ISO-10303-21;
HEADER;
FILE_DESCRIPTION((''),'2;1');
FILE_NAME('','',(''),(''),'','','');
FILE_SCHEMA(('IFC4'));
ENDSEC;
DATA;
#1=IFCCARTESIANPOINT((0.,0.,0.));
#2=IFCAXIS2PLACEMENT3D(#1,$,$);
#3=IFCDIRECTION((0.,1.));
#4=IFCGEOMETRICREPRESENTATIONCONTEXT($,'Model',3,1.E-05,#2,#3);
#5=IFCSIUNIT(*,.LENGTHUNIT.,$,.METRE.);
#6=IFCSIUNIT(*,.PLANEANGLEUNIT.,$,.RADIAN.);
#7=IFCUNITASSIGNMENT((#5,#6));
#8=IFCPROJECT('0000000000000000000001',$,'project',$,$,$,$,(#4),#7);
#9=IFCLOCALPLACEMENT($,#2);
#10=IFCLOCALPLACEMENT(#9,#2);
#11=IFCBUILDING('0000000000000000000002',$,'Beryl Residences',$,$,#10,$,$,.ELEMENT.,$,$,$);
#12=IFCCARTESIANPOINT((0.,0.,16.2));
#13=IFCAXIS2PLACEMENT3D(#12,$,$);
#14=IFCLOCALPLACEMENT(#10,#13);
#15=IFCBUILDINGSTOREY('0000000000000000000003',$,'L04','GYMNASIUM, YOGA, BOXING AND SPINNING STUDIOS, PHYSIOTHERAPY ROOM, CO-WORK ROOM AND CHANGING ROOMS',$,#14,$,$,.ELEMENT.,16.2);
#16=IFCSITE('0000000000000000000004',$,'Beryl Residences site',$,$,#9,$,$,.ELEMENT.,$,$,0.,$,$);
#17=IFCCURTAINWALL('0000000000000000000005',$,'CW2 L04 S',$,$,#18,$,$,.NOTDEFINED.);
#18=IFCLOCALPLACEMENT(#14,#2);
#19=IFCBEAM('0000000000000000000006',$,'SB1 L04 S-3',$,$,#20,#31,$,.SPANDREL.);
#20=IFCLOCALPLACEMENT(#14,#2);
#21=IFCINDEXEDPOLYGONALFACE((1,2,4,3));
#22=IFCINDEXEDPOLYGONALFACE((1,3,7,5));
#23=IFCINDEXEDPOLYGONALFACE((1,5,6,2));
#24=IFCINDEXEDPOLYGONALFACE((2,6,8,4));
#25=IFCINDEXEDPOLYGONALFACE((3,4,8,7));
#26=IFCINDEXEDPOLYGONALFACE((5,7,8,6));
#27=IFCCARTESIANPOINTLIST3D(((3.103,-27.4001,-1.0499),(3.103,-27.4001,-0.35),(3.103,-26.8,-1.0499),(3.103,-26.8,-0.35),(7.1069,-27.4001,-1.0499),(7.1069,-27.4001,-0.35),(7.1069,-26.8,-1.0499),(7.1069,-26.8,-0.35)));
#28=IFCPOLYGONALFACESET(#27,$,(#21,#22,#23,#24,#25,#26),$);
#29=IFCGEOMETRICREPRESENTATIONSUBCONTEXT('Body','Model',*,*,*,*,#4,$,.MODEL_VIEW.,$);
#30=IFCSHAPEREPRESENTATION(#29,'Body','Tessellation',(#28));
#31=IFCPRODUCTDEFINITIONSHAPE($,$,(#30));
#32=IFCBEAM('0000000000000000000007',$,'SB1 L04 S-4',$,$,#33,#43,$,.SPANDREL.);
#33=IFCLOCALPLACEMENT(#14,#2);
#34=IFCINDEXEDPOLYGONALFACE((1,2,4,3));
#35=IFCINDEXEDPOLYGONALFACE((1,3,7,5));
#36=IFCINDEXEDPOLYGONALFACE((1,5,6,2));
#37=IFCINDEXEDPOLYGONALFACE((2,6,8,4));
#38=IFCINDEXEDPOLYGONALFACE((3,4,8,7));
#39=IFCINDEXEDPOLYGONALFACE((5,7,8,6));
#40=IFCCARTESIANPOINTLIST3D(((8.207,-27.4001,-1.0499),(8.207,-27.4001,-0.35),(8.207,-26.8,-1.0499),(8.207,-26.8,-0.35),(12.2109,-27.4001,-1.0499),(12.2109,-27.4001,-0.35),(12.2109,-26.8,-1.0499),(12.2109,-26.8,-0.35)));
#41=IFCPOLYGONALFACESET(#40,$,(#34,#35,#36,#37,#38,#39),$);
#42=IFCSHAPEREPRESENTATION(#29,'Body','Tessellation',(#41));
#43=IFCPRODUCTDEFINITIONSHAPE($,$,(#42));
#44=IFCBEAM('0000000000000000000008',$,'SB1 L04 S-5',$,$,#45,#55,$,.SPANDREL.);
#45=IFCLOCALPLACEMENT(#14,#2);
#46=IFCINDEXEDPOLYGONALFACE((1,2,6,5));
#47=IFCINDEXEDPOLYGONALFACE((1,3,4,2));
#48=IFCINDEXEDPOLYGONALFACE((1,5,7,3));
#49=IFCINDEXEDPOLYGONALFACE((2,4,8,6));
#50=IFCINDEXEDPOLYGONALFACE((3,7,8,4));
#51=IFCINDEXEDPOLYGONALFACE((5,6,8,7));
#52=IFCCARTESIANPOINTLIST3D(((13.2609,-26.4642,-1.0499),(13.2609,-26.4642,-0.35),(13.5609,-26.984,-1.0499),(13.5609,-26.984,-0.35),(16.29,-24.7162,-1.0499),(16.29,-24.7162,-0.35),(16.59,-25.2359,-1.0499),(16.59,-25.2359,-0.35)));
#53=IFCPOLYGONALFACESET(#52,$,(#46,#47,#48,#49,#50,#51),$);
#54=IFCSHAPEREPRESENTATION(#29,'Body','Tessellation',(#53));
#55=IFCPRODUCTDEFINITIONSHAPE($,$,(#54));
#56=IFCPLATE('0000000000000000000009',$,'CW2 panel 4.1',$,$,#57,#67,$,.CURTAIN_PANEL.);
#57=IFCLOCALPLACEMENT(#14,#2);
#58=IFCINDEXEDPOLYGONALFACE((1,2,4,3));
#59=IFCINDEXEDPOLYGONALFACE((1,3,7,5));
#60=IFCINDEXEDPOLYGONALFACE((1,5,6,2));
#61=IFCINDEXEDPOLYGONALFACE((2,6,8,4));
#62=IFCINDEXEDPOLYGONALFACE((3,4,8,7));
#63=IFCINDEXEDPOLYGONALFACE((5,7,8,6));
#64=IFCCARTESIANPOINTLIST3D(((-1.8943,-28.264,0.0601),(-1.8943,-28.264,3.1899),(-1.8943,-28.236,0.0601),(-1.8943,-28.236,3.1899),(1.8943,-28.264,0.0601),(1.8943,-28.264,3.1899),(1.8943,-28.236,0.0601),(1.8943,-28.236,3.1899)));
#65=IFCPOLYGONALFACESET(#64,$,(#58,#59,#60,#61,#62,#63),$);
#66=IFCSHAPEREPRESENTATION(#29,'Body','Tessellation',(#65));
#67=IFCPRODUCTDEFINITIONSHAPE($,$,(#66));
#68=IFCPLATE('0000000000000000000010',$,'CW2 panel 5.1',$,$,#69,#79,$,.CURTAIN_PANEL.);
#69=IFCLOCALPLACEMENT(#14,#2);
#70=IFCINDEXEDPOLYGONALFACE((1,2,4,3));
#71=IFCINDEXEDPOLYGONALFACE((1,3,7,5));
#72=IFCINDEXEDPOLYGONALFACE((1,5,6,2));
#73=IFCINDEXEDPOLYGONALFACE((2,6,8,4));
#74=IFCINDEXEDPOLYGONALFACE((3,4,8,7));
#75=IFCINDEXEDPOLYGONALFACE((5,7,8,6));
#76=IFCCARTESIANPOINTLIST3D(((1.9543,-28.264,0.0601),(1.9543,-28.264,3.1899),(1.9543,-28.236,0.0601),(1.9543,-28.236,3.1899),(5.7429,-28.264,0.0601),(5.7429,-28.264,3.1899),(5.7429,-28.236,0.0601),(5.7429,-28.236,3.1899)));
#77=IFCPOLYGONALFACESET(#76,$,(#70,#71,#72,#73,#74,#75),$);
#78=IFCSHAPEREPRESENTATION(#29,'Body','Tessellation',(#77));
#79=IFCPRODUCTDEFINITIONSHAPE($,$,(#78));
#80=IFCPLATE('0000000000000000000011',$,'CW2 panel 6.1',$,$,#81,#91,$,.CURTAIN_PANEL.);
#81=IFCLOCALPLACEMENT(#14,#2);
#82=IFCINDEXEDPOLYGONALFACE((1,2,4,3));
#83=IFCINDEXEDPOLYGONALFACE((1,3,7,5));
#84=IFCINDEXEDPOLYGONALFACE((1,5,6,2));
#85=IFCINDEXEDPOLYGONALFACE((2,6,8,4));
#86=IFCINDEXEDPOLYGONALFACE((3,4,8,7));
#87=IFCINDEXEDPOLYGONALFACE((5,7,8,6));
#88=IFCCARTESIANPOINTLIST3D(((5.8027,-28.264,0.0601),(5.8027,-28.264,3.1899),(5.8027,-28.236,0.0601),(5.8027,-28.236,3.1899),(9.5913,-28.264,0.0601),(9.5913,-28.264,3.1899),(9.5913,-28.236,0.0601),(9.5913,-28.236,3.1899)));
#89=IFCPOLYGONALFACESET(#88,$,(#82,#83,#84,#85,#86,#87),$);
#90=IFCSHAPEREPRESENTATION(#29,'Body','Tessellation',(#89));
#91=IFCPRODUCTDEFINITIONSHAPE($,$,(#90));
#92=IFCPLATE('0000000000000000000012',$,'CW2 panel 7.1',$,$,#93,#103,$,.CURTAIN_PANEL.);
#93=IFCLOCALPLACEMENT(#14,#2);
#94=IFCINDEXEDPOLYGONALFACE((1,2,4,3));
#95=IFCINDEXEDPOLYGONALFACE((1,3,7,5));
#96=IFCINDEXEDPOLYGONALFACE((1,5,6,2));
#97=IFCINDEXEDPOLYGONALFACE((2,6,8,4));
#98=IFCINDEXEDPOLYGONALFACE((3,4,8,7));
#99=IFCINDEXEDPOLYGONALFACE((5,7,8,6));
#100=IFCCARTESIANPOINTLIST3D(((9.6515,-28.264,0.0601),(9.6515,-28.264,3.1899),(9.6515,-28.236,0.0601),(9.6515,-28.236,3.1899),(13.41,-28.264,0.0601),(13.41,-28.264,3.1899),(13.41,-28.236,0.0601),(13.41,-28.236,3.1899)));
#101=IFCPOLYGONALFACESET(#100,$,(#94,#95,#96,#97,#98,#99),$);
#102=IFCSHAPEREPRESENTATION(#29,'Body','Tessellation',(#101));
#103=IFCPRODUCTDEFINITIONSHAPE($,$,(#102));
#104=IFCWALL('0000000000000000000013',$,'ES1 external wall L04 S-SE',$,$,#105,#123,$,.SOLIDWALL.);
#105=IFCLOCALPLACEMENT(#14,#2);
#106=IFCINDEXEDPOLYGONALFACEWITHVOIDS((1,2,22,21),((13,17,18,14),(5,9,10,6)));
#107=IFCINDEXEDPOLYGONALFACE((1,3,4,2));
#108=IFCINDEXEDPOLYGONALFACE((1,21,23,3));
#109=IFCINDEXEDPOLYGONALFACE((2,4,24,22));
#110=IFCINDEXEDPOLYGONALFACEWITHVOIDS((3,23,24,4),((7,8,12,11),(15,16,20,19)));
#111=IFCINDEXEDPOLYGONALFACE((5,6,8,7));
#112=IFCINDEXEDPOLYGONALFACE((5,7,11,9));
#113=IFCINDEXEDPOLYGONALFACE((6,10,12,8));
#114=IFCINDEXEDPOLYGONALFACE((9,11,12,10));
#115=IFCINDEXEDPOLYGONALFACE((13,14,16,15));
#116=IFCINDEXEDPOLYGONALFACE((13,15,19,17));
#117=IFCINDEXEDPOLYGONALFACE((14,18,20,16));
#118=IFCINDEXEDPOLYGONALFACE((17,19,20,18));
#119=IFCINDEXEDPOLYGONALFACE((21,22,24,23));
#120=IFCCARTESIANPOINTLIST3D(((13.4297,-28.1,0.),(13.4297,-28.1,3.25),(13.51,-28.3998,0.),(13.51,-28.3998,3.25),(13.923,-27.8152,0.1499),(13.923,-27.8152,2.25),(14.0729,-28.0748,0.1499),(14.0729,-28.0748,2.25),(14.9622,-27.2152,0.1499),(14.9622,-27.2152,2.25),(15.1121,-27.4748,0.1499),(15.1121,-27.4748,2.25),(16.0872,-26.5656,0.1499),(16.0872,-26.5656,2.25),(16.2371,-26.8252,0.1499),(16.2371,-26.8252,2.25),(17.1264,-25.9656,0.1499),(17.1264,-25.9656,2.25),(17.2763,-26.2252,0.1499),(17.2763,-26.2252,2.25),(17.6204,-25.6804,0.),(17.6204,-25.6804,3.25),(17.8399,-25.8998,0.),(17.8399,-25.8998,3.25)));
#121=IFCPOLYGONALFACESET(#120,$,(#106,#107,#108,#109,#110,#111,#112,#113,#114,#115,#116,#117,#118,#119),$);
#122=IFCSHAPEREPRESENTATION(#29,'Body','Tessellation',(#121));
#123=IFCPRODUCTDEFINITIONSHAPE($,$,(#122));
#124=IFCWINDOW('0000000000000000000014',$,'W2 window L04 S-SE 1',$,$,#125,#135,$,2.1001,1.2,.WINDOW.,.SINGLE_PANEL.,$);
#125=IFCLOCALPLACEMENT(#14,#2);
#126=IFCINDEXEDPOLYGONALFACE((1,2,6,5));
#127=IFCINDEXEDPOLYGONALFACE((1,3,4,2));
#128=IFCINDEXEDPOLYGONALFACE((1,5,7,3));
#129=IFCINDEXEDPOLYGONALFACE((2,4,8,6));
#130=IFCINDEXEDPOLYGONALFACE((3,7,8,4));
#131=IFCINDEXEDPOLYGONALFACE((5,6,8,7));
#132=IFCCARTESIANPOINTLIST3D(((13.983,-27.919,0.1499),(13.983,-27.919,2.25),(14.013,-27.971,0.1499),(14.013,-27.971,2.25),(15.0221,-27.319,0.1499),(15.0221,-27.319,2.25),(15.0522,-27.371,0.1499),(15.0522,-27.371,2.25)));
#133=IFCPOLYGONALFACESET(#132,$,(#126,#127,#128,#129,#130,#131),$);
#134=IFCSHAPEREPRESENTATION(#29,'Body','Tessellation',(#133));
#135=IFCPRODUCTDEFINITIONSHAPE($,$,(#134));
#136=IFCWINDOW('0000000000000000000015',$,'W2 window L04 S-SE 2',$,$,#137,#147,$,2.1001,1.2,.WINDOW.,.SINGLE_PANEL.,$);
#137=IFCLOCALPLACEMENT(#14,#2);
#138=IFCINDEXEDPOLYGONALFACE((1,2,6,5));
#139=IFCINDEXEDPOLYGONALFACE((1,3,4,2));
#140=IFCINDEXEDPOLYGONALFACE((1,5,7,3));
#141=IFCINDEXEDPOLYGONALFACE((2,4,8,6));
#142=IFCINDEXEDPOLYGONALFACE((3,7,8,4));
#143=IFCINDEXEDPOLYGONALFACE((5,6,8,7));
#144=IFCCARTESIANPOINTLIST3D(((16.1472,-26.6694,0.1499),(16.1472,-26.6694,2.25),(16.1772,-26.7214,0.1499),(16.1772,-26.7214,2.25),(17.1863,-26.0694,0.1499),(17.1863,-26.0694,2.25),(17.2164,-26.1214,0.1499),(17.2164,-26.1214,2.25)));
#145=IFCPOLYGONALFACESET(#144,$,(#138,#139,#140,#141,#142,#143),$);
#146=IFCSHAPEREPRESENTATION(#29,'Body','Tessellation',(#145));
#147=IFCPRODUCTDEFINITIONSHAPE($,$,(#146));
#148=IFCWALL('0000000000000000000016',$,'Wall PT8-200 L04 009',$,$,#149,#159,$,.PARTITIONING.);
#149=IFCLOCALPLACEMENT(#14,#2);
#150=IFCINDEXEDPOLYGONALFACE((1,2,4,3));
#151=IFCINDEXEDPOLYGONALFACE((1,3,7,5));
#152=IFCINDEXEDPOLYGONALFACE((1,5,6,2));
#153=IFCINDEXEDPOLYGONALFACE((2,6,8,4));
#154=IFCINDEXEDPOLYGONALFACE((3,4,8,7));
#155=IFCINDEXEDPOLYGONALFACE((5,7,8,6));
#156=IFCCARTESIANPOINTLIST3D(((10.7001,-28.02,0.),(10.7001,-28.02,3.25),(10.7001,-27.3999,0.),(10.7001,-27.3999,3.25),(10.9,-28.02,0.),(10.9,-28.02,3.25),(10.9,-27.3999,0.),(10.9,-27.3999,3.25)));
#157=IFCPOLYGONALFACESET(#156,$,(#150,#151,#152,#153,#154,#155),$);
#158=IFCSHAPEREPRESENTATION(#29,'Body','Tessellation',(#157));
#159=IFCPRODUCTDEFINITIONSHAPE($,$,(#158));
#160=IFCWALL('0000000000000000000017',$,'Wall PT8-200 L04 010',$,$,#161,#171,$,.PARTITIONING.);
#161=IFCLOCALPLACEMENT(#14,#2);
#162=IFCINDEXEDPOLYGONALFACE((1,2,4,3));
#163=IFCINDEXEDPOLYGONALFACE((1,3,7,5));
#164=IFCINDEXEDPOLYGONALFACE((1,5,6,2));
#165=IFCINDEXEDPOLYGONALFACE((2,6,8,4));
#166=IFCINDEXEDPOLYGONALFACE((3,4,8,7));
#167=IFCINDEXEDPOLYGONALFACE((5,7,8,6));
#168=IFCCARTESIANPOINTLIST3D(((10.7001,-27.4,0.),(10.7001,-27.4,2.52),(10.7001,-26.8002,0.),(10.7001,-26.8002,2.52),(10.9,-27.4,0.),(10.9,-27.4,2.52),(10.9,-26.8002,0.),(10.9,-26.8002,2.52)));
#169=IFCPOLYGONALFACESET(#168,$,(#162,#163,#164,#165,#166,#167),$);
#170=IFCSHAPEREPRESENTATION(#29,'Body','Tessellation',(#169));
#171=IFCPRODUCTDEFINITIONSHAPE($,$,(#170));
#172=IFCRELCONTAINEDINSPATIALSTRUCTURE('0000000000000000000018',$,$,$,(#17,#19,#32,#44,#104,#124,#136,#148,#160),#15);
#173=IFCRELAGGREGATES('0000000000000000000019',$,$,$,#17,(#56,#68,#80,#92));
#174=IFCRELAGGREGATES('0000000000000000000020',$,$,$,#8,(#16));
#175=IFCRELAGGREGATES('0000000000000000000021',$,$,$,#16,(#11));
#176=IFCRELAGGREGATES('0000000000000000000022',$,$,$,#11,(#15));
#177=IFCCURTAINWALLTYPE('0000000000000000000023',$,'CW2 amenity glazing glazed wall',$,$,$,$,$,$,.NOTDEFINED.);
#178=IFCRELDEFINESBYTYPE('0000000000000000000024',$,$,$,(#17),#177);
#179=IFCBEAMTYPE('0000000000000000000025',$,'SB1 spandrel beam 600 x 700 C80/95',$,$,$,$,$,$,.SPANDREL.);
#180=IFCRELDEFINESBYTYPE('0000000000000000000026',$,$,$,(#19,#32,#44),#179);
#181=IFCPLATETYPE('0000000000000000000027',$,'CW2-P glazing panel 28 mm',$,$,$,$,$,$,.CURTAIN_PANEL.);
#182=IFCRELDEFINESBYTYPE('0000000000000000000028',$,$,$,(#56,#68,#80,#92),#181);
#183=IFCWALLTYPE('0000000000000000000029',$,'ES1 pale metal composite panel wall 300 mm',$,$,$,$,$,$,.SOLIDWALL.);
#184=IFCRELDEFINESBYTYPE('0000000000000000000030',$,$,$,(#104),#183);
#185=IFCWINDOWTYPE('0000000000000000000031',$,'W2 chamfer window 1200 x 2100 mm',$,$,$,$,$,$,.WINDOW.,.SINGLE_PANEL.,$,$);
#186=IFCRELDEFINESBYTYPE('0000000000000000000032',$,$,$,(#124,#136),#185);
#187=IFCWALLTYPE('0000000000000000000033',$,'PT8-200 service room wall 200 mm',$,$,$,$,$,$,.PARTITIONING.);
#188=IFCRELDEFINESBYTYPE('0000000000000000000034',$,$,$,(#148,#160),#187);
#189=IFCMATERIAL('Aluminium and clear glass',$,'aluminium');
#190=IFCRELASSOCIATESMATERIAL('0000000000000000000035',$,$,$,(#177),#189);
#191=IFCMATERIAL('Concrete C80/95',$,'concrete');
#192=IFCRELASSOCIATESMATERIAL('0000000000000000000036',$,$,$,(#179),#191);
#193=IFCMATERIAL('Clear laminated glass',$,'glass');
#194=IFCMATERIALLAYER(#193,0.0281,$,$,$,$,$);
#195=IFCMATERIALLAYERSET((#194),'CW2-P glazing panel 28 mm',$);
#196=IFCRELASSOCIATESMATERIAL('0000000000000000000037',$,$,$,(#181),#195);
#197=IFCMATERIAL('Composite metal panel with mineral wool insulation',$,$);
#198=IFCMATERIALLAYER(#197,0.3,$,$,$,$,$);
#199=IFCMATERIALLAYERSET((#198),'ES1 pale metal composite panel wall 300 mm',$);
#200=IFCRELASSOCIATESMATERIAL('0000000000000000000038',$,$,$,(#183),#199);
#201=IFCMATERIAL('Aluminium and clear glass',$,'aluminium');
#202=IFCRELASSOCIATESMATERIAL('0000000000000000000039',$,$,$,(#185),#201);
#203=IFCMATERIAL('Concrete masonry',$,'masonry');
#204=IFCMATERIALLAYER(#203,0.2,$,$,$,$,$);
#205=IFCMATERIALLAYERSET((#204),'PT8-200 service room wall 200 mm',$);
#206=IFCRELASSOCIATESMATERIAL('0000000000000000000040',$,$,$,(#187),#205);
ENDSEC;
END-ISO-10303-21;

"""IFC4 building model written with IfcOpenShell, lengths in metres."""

from ifc_helpers import new_model, si_unit, direction, frame, frame_2d, origin, origin_2d, place, context, subcontext, project, spatial, polyline, rectangle, outline, extrude, material, layer, layer_set, material_profile, profile_set, type_object, element, fill, aggregate, save


model = new_model("IFC4")

# Units and contexts
model_context = context("Model", 3, precision=1e-05, world=origin(), true_north=direction((0.0, 1.0)))
body_context = subcontext(model_context, "Body", "Model", "MODEL_VIEW")
ifc_project = project(units=[si_unit("LENGTHUNIT", "METRE"), si_unit("PLANEANGLEUNIT", "RADIAN")], contexts=[model_context])

# Site, building, storey
site_placement = place(None, origin())
site = spatial("IfcSite", under=ifc_project, at=site_placement, Name="Beryl Residences site", CompositionType="ELEMENT", RefElevation=0.0)
building_placement = place(site_placement, origin())
building = spatial("IfcBuilding", under=site, at=building_placement, Name="Beryl Residences", CompositionType="ELEMENT")
storey_placement = place(building_placement, frame((0.0, 0.0, 16.2)))
storey = spatial("IfcBuildingStorey", under=building, at=storey_placement, Name="L04", Description="GYMNASIUM, YOGA, BOXING AND SPINNING STUDIOS, PHYSIOTHERAPY ROOM, CO-WORK ROOM AND CHANGING ROOMS", CompositionType="ELEMENT", Elevation=16.2)

# Curtain wall
ifc_material_1 = material(Name="Aluminium and clear glass", Category="aluminium")
curtain_wall_type = type_object("IfcCurtainWallType", Name="CW2 amenity glazing glazed wall", PredefinedType="NOTDEFINED", material=ifc_material_1)
curtain_wall_placement = place(storey_placement, origin())
curtain_wall = element("IfcCurtainWall", 1, at=curtain_wall_placement, inside=storey, type_object=curtain_wall_type, Name="CW2 L04 S", PredefinedType="NOTDEFINED")

# Beams
ifc_material_2 = material(Name="Concrete C80/95", Category="concrete")
ifc_material_profile_1 = material_profile(ifc_material_2, rectangle(XDim=0.6001, YDim=0.7, at=origin_2d()))
ifc_profile_set_1 = profile_set([ifc_material_profile_1], Name="Concrete C80/95")
beam_type = type_object("IfcBeamType", Name="SB1 spandrel beam 600 x 700 C80/95", PredefinedType="SPANDREL", material=ifc_profile_set_1)
for number, where, z_axis, x_axis, name in (
    (2, (3.103, -27.1001, -0.7), (1.0, 0.0, 0.0), (0.0, 1.0, 0.0), "SB1 L04 S-3"),
    (3, (8.207, -27.1001, -0.7), (1.0, 0.0, 0.0), (0.0, 1.0, 0.0), "SB1 L04 S-4"),
):
    element("IfcBeam", number, at=place(storey_placement, frame(where, z_axis=z_axis, x_axis=x_axis)), inside=storey, type_object=beam_type, Name=name, PredefinedType="SPANDREL", context=body_context, shape_type="SweptSolid", body=[
        extrude(rectangle(XDim=0.6001, YDim=0.7, at=origin_2d()), origin(), (0.0, 0.0, 1.0), 4.0039),
    ])
beam_placement = place(storey_placement, frame((13.4109, -26.7241, -0.7), z_axis=(0.866122, 0.499833, 0.0), x_axis=(-0.499833, 0.866122, 0.0)))
element("IfcBeam", 4, at=beam_placement, inside=storey, type_object=beam_type, Name="SB1 L04 S-5", PredefinedType="SPANDREL", context=body_context, shape_type="SweptSolid", body=[
    extrude(rectangle(XDim=0.6001, YDim=0.7, at=origin_2d()), origin(), (0.0, 0.0, 1.0), 3.4973),
])

# Plates
ifc_material_3 = material(Name="Clear laminated glass", Category="glass")
ifc_layer_1 = layer(ifc_material_3, 0.0281)
ifc_layer_set_1 = layer_set([ifc_layer_1], Name="CW2-P glazing panel 28 mm")
plate_type = type_object("IfcPlateType", Name="CW2-P glazing panel 28 mm", PredefinedType="CURTAIN_PANEL", material=ifc_layer_set_1)
plate_1_placement = place(storey_placement, frame((0.0, -28.25, 0.0601), z_axis=(0.0, 0.0, 1.0), x_axis=(1.0, 0.0, 0.0)))
plate_1 = element("IfcPlate", 5, at=plate_1_placement, type_object=plate_type, Name="CW2 panel 4.1", PredefinedType="CURTAIN_PANEL", context=body_context, shape_type="SweptSolid", body=[
    extrude(rectangle(XDim=3.7886, YDim=0.0281, at=origin_2d()), origin(), (0.0, 0.0, 1.0), 3.1299),
])
plate_2_placement = place(storey_placement, frame((3.8486, -28.25, 0.0601), z_axis=(0.0, 0.0, 1.0), x_axis=(1.0, 0.0, 0.0)))
plate_2 = element("IfcPlate", 6, at=plate_2_placement, type_object=plate_type, Name="CW2 panel 5.1", PredefinedType="CURTAIN_PANEL", context=body_context, shape_type="SweptSolid", body=[
    extrude(rectangle(XDim=3.7886, YDim=0.0281, at=origin_2d()), origin(), (0.0, 0.0, 1.0), 3.1299),
])
plate_3_placement = place(storey_placement, frame((7.697, -28.25, 0.0601), z_axis=(0.0, 0.0, 1.0), x_axis=(1.0, 0.0, 0.0)))
plate_3 = element("IfcPlate", 7, at=plate_3_placement, type_object=plate_type, Name="CW2 panel 6.1", PredefinedType="CURTAIN_PANEL", context=body_context, shape_type="SweptSolid", body=[
    extrude(rectangle(XDim=3.7886, YDim=0.0281, at=origin_2d()), origin(), (0.0, 0.0, 1.0), 3.1299),
])
plate_4_placement = place(storey_placement, frame((11.5308, -28.25, 0.0601), z_axis=(0.0, 0.0, 1.0), x_axis=(1.0, 0.0, 0.0)))
plate_4 = element("IfcPlate", 8, at=plate_4_placement, type_object=plate_type, Name="CW2 panel 7.1", PredefinedType="CURTAIN_PANEL", context=body_context, shape_type="SweptSolid", body=[
    extrude(rectangle(XDim=3.7585, YDim=0.0281, at=origin_2d()), origin(), (0.0, 0.0, 1.0), 3.1299),
])
aggregate(curtain_wall, [plate_1, plate_2, plate_3, plate_4])

# Wall, openings, windows
ifc_material_4 = material(Name="Composite metal panel with mineral wool insulation")
ifc_layer_2 = layer(ifc_material_4, 0.3)
ifc_layer_set_2 = layer_set([ifc_layer_2], Name="ES1 pale metal composite panel wall 300 mm")
wall_type_1 = type_object("IfcWallType", Name="ES1 pale metal composite panel wall 300 mm", PredefinedType="SOLIDWALL", material=ifc_layer_set_2)
wall_1_placement = place(storey_placement, frame((13.4351, -28.27, 0.0), z_axis=(0.0, 0.0, 1.0), x_axis=(0.866011, 0.500025, 0.0)))
wall_1 = element("IfcWall", 9, at=wall_1_placement, inside=storey, type_object=wall_type_1, Name="ES1 external wall L04 S-SE", PredefinedType="SOLIDWALL", context=body_context, shape_type="SweptSolid", body=[
    extrude(outline(polyline([(0.0, -0.1499), (4.9998, -0.1499), (4.9194, 0.1499), (0.0803, 0.1499), (0.0, -0.1499)])), origin(), (0.0, 0.0, 1.0), 3.25),
])
opening_1_placement = place(wall_1_placement, frame((0.6499, 0.0, 0.1499)))
opening_1 = element("IfcOpeningElement", 10, at=opening_1_placement, cuts=wall_1, PredefinedType="OPENING", context=body_context, shape_type="SweptSolid", body=[
    extrude(rectangle(XDim=1.2, YDim=2.1001, at=frame_2d((0.6001, 1.05))), frame((0.0, 0.1599, 0.0), z_axis=(0.0, -1.0, 0.0), x_axis=(1.0, 0.0, 0.0)), (0.0, 0.0, 1.0), 0.3201),
])
opening_2_placement = place(wall_1_placement, frame((3.1489, 0.0, 0.1499)))
opening_2 = element("IfcOpeningElement", 11, at=opening_2_placement, cuts=wall_1, PredefinedType="OPENING", context=body_context, shape_type="SweptSolid", body=[
    extrude(rectangle(XDim=1.2, YDim=2.1001, at=frame_2d((0.6001, 1.05))), frame((0.0, 0.1599, 0.0), z_axis=(0.0, -1.0, 0.0), x_axis=(1.0, 0.0, 0.0)), (0.0, 0.0, 1.0), 0.3201),
])
ifc_material_5 = material(Name="Aluminium and clear glass", Category="aluminium")
window_type = type_object("IfcWindowType", Name="W2 chamfer window 1200 x 2100 mm", PartitioningType="SINGLE_PANEL", PredefinedType="WINDOW", material=ifc_material_5)
window_1_placement = place(opening_1_placement, origin())
window_1 = element("IfcWindow", 12, at=window_1_placement, inside=storey, type_object=window_type, Name="W2 window L04 S-SE 1", OverallHeight=2.1001, OverallWidth=1.2, PartitioningType="SINGLE_PANEL", PredefinedType="WINDOW", context=body_context, shape_type="SweptSolid", body=[
    extrude(rectangle(XDim=1.2, YDim=2.1001, at=frame_2d((0.6001, 1.05))), frame((0.0, 0.03, 0.0), z_axis=(0.0, -1.0, 0.0), x_axis=(1.0, 0.0, 0.0)), (0.0, 0.0, 1.0), 0.0601),
])
fill(opening_1, window_1)
window_2_placement = place(opening_2_placement, origin())
window_2 = element("IfcWindow", 13, at=window_2_placement, inside=storey, type_object=window_type, Name="W2 window L04 S-SE 2", OverallHeight=2.1001, OverallWidth=1.2, PartitioningType="SINGLE_PANEL", PredefinedType="WINDOW", context=body_context, shape_type="SweptSolid", body=[
    extrude(rectangle(XDim=1.2, YDim=2.1001, at=frame_2d((0.6001, 1.05))), frame((0.0, 0.03, 0.0), z_axis=(0.0, -1.0, 0.0), x_axis=(1.0, 0.0, 0.0)), (0.0, 0.0, 1.0), 0.0601),
])
fill(opening_2, window_2)

# Walls
ifc_material_6 = material(Name="Concrete masonry", Category="masonry")
ifc_layer_3 = layer(ifc_material_6, 0.2)
ifc_layer_set_3 = layer_set([ifc_layer_3], Name="PT8-200 service room wall 200 mm")
wall_type_2 = type_object("IfcWallType", Name="PT8-200 service room wall 200 mm", PredefinedType="PARTITIONING", material=ifc_layer_set_3)
wall_2_placement = place(storey_placement, frame((10.8, -28.02, 0.0), z_axis=(0.0, 0.0, 1.0), x_axis=(0.0, 1.0, 0.0)))
element("IfcWall", 14, at=wall_2_placement, inside=storey, type_object=wall_type_2, Name="Wall PT8-200 L04 009", PredefinedType="PARTITIONING", context=body_context, shape_type="SweptSolid", body=[
    extrude(rectangle(XDim=0.6201, YDim=0.2, at=frame_2d((0.3101, 0.0))), origin(), (0.0, 0.0, 1.0), 3.25),
])
wall_3_placement = place(storey_placement, frame((10.8, -27.3999, 0.0), z_axis=(0.0, 0.0, 1.0), x_axis=(0.0, 1.0, 0.0)))
element("IfcWall", 15, at=wall_3_placement, inside=storey, type_object=wall_type_2, Name="Wall PT8-200 L04 010", PredefinedType="PARTITIONING", context=body_context, shape_type="SweptSolid", body=[
    extrude(rectangle(XDim=0.5999, YDim=0.2, at=frame_2d((0.2998, 0.0))), origin(), (0.0, 0.0, 1.0), 2.52),
])

save(model, "model.ifc")
